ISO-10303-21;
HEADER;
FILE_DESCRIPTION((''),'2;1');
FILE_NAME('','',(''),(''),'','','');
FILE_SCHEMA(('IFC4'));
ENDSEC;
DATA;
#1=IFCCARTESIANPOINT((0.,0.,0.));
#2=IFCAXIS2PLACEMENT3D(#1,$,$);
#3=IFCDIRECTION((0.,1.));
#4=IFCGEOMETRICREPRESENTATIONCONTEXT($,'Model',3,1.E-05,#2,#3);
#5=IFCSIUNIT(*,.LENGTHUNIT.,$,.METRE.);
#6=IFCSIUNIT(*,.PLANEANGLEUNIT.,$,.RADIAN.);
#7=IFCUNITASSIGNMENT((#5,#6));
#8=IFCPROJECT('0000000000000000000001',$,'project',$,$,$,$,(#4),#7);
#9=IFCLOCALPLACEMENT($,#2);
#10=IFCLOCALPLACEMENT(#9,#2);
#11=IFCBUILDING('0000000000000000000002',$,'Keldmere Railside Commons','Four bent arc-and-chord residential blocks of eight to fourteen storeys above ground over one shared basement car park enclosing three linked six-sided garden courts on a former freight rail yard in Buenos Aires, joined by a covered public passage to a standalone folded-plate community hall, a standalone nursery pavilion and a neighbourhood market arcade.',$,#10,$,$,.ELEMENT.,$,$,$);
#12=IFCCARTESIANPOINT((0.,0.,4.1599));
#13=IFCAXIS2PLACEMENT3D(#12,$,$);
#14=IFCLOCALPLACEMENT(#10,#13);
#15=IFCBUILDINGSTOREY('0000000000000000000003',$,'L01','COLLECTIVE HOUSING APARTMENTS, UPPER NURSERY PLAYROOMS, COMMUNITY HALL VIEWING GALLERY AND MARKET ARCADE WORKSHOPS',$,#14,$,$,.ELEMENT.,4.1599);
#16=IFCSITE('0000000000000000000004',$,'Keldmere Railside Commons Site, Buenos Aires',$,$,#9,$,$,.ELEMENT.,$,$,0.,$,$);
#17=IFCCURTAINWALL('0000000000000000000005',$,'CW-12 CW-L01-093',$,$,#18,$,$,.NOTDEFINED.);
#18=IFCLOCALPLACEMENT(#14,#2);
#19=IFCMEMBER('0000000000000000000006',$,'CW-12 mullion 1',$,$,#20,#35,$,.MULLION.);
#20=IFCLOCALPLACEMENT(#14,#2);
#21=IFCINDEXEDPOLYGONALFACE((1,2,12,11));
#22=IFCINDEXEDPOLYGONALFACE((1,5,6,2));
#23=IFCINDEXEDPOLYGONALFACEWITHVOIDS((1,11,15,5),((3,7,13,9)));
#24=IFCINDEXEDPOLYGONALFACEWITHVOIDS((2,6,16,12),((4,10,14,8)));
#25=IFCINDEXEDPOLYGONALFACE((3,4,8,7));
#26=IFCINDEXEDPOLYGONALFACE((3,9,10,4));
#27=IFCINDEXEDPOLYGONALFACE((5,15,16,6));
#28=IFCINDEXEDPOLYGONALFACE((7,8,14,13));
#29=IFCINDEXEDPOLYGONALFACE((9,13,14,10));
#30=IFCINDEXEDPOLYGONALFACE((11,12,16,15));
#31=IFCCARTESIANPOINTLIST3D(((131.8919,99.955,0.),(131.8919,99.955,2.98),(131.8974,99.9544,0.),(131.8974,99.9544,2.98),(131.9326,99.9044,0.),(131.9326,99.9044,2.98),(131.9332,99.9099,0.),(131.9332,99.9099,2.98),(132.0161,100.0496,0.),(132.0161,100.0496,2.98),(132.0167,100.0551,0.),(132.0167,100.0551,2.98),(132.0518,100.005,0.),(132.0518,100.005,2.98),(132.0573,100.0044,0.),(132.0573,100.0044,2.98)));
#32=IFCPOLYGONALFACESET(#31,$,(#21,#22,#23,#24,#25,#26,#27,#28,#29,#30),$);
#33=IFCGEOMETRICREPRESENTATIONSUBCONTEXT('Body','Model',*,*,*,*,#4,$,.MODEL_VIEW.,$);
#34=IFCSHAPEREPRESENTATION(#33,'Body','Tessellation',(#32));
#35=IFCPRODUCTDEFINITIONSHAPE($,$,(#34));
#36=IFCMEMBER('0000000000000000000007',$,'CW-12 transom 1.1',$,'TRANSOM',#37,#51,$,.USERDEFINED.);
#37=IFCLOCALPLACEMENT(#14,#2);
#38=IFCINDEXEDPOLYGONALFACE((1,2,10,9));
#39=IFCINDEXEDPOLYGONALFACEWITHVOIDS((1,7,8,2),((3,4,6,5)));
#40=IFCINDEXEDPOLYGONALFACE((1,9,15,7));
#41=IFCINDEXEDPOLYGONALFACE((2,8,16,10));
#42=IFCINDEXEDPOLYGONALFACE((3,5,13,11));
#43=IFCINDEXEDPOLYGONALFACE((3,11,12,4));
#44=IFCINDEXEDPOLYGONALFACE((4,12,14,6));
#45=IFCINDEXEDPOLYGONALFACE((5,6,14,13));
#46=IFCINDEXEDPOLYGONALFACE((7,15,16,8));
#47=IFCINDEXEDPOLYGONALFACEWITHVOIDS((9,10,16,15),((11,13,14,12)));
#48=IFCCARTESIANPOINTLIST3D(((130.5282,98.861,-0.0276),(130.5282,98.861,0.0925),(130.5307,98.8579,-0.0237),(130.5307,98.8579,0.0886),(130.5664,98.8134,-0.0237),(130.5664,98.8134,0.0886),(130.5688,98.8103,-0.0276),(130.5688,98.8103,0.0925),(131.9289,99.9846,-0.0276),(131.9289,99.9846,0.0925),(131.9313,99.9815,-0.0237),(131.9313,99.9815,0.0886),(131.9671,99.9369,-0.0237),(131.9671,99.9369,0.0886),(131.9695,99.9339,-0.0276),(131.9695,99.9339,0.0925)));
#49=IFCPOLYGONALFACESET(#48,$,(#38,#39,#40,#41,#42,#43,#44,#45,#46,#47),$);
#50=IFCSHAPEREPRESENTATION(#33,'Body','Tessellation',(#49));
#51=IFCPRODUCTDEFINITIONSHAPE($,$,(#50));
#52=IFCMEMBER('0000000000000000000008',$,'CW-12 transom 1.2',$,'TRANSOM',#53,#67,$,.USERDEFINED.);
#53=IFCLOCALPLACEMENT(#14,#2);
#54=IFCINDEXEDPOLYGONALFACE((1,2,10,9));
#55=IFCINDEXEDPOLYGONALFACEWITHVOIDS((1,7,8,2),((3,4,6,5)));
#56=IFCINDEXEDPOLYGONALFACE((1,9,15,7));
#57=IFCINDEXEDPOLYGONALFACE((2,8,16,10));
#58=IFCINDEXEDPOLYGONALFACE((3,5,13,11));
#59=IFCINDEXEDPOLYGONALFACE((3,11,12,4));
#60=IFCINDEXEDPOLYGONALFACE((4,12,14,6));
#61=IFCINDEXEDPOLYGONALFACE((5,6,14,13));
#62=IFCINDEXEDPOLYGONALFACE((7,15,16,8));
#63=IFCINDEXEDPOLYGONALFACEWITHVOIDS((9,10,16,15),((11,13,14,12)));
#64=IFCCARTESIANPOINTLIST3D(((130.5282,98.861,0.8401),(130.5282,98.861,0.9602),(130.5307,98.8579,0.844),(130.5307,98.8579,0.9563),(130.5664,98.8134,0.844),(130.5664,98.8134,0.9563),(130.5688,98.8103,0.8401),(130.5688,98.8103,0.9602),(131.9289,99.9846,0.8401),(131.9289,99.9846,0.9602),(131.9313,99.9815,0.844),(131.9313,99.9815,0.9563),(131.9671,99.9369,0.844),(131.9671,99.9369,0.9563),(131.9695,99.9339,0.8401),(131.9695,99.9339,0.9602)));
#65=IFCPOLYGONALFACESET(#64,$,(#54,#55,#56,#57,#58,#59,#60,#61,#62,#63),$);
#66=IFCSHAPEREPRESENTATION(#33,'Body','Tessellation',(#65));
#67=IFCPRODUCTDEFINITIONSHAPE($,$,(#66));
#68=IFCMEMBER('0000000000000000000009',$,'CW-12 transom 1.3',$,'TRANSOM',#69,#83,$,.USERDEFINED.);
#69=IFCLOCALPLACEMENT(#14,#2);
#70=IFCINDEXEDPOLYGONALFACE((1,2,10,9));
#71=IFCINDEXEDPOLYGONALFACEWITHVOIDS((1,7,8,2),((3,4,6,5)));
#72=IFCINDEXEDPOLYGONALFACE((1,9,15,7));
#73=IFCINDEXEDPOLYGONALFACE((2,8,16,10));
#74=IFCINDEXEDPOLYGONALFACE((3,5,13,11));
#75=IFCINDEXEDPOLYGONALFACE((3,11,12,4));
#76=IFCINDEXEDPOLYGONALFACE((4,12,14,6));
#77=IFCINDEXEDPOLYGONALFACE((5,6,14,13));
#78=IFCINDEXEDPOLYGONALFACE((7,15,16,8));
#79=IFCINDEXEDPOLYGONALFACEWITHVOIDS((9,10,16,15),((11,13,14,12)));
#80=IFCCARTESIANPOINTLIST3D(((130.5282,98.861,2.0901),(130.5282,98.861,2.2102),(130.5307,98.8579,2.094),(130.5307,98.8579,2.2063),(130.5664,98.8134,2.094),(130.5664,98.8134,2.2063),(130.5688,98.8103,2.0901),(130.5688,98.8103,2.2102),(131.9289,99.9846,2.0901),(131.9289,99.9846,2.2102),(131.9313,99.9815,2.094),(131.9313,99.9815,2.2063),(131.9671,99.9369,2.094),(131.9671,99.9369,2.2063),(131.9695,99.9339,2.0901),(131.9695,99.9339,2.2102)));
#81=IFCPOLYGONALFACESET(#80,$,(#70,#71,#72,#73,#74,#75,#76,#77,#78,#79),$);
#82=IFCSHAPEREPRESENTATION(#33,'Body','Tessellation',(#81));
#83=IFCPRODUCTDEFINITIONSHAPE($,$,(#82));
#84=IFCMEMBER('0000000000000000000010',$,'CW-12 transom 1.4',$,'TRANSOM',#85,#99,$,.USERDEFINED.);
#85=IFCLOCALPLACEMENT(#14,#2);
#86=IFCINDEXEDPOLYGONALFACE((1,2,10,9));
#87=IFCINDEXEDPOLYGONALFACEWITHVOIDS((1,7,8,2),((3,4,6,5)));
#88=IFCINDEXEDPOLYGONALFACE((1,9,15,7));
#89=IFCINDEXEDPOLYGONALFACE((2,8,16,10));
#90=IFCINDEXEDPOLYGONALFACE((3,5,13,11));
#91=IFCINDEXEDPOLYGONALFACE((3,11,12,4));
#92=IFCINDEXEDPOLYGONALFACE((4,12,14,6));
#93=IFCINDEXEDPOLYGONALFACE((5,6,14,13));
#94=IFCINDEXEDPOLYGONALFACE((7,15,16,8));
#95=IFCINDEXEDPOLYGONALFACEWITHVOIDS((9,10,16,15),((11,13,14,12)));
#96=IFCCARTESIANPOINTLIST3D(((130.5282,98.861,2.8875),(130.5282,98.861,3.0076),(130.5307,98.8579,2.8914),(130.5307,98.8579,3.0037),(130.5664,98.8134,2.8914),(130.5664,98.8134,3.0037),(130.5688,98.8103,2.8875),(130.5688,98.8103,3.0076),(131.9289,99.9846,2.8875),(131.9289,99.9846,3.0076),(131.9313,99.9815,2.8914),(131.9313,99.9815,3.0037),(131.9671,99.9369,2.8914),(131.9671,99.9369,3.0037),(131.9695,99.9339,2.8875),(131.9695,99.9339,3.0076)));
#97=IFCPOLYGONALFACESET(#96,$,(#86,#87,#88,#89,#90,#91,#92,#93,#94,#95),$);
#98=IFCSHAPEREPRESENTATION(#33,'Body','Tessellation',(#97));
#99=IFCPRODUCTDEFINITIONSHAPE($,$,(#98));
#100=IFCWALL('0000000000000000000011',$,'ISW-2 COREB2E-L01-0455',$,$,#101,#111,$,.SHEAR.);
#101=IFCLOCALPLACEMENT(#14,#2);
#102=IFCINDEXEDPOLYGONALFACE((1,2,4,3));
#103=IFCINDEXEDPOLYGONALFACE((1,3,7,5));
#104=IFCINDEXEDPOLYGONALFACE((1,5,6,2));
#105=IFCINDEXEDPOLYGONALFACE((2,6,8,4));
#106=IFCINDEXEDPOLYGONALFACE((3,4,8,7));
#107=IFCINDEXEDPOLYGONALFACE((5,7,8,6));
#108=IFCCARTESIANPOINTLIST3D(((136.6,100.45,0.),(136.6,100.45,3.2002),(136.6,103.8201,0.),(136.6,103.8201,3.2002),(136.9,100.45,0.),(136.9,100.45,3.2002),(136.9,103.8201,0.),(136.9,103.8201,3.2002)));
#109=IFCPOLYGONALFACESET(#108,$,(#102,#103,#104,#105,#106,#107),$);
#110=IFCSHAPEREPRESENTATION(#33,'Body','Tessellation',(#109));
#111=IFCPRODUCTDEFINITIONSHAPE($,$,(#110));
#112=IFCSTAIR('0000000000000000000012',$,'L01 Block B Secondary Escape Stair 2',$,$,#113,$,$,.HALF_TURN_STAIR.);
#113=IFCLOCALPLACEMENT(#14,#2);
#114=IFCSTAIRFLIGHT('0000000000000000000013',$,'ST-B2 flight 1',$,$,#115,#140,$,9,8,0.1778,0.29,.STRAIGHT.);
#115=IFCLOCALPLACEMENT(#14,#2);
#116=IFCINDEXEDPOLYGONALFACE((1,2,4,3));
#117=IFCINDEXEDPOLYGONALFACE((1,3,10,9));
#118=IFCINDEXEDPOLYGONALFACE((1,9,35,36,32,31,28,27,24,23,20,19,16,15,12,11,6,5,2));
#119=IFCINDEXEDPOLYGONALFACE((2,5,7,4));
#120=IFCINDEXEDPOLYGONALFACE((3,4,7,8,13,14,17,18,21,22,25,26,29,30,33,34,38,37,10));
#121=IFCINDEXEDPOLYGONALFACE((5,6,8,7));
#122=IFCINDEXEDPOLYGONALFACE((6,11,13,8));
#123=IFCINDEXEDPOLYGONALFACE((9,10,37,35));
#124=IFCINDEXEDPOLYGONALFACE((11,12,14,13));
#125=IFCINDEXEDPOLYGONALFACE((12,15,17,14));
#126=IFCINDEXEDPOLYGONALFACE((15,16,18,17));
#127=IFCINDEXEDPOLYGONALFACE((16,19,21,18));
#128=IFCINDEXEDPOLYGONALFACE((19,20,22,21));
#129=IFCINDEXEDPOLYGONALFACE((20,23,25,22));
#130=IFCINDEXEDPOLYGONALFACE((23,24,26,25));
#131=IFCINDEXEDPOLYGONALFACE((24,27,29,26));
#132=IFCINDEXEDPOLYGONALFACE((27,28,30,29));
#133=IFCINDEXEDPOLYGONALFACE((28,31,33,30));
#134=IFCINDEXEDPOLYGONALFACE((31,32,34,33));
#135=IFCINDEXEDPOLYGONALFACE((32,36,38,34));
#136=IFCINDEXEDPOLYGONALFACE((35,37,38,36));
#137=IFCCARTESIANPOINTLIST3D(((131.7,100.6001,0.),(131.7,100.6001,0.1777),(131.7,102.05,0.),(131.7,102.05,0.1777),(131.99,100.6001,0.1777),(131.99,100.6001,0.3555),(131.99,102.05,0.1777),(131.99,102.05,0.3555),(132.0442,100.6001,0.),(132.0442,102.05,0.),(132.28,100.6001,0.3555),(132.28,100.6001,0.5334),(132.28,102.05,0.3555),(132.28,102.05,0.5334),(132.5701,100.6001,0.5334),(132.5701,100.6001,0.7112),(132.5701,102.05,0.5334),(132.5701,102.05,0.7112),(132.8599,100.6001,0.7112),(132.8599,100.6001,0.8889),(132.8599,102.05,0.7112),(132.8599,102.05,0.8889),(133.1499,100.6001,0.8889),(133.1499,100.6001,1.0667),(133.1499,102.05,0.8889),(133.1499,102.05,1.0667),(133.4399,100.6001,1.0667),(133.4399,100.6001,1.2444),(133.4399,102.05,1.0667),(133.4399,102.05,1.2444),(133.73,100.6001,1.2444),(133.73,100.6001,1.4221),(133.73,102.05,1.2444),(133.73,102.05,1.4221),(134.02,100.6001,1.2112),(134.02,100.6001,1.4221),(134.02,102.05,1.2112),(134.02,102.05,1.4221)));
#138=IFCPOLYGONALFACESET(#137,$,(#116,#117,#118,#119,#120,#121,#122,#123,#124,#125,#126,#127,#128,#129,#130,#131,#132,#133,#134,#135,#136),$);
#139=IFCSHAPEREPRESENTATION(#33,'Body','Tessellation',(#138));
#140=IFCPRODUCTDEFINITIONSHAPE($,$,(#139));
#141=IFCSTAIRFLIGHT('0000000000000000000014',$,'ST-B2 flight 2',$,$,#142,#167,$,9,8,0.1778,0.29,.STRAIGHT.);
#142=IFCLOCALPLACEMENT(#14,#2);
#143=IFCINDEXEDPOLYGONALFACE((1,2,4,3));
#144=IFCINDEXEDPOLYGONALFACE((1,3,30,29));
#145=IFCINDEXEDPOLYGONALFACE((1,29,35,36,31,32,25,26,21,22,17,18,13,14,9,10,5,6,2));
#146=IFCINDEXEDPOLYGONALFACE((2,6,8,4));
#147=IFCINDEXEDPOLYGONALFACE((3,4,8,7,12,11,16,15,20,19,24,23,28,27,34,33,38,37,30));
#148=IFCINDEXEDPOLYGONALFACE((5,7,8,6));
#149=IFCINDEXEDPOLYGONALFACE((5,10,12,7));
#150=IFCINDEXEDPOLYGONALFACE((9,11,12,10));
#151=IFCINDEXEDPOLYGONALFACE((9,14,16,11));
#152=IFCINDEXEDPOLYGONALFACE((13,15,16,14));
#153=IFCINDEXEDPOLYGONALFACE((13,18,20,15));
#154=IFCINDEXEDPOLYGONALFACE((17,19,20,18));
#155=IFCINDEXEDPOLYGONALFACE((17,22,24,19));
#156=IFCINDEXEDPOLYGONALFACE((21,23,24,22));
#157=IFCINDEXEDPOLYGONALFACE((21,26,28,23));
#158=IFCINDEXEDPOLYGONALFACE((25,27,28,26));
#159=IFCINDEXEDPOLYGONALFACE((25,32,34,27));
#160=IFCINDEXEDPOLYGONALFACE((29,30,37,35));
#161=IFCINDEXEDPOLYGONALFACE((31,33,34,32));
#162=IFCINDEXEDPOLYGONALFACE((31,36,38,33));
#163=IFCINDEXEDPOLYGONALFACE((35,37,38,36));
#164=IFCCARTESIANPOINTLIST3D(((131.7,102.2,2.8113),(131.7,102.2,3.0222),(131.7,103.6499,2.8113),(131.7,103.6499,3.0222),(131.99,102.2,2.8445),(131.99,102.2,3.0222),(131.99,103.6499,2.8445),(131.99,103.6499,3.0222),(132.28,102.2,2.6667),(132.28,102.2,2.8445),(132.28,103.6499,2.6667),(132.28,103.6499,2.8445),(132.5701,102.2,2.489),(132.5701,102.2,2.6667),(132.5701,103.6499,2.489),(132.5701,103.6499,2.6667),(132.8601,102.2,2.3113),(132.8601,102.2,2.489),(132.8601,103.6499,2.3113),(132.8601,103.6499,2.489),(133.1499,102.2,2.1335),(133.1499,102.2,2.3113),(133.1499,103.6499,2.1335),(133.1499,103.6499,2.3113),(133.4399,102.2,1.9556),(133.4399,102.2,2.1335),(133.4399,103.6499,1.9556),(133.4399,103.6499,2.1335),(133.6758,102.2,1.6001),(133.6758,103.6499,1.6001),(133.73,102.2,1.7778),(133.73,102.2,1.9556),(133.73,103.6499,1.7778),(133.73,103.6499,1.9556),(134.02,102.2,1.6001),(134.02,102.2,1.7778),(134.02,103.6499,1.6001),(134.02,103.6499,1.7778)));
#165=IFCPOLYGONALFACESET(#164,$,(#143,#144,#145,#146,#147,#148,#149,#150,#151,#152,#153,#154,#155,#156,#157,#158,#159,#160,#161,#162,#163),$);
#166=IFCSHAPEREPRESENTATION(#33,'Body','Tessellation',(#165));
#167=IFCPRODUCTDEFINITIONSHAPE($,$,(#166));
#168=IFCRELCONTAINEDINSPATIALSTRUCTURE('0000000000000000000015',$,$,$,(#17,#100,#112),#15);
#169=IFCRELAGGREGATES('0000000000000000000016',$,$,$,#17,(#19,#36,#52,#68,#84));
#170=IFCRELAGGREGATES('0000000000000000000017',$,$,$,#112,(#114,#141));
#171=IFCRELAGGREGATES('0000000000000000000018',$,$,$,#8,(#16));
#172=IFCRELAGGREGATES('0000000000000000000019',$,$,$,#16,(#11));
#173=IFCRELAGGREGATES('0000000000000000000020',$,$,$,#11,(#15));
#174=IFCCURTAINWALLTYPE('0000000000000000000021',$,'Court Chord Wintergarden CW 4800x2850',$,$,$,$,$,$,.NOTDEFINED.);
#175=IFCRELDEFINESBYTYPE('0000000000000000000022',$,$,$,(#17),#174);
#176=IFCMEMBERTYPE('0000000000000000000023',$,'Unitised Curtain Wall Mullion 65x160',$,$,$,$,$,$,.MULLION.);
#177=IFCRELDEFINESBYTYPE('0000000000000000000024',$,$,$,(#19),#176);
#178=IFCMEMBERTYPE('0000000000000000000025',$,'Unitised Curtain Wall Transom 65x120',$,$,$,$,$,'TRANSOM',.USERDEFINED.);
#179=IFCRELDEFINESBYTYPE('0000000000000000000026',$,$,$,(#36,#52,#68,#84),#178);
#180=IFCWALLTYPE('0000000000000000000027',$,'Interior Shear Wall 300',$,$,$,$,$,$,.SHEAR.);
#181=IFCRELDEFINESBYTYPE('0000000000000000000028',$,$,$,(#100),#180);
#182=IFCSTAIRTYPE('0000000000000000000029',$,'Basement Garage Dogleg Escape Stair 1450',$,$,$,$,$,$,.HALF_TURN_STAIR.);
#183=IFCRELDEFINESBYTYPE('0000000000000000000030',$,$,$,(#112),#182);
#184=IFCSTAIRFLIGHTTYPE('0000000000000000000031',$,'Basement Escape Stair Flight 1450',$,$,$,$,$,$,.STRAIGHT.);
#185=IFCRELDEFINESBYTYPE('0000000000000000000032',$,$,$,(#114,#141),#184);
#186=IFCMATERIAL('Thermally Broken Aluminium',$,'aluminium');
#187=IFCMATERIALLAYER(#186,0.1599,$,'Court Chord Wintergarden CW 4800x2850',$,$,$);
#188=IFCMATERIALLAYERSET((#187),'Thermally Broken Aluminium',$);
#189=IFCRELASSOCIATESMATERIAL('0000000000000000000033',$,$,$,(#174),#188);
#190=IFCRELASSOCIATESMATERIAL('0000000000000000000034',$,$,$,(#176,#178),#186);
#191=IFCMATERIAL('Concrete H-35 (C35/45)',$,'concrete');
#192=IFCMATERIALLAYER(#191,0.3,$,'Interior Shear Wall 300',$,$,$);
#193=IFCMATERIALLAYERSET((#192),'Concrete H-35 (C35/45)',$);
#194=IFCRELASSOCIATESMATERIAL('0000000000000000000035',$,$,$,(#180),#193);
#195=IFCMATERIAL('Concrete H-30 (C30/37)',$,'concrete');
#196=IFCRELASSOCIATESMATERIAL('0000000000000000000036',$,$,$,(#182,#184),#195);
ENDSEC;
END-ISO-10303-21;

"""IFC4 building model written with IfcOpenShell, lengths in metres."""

from ifc_helpers import new_model, si_unit, direction, frame, frame_2d, origin, origin_2d, place, context, subcontext, project, spatial, polyline, rectangle, hollow_rectangle, outline, extrude, material, layer, layer_set, material_profile, profile_set, type_object, element, aggregate, save


model = new_model("IFC4")

# Units and contexts
model_context = context("Model", 3, precision=1e-05, world=origin(), true_north=direction((0.0, 1.0)))
body_context = subcontext(model_context, "Body", "Model", "MODEL_VIEW")
ifc_project = project(units=[si_unit("LENGTHUNIT", "METRE"), si_unit("PLANEANGLEUNIT", "RADIAN")], contexts=[model_context])

# Site, building, storey
site_placement = place(None, origin())
site = spatial("IfcSite", under=ifc_project, at=site_placement, Name="Keldmere Railside Commons Site, Buenos Aires", CompositionType="ELEMENT", RefElevation=0.0)
building_placement = place(site_placement, origin())
building = spatial("IfcBuilding", under=site, at=building_placement, Name="Keldmere Railside Commons", Description="Four bent arc-and-chord residential blocks of eight to fourteen storeys above ground over one shared basement car park enclosing three linked six-sided garden courts on a former freight rail yard in Buenos Aires, joined by a covered public passage to a standalone folded-plate community hall, a standalone nursery pavilion and a neighbourhood market arcade.", CompositionType="ELEMENT")
storey_placement = place(building_placement, frame((0.0, 0.0, 4.1599)))
storey = spatial("IfcBuildingStorey", under=building, at=storey_placement, Name="L01", Description="COLLECTIVE HOUSING APARTMENTS, UPPER NURSERY PLAYROOMS, COMMUNITY HALL VIEWING GALLERY AND MARKET ARCADE WORKSHOPS", CompositionType="ELEMENT", Elevation=4.1599)

# Curtain wall, members
ifc_material_1 = material(Name="Thermally Broken Aluminium", Category="aluminium")
ifc_layer_1 = layer(ifc_material_1, 0.1599, Name="Court Chord Wintergarden CW 4800x2850")
ifc_layer_set_1 = layer_set([ifc_layer_1], Name="Thermally Broken Aluminium")
curtain_wall_type = type_object("IfcCurtainWallType", Name="Court Chord Wintergarden CW 4800x2850", PredefinedType="NOTDEFINED", material=ifc_layer_set_1)
curtain_wall_placement = place(storey_placement, origin())
curtain_wall = element("IfcCurtainWall", 1, at=curtain_wall_placement, inside=storey, type_object=curtain_wall_type, Name="CW-12 CW-L01-093", PredefinedType="NOTDEFINED")
ifc_material_profile_1 = material_profile(ifc_material_1, hollow_rectangle(XDim=0.0649, YDim=0.1599, WallThickness=0.0039, at=origin_2d()), Name="ALU-MULL-65x160")
ifc_profile_set_1 = profile_set([ifc_material_profile_1], Name="Thermally Broken Aluminium")
member_type_1 = type_object("IfcMemberType", Name="Unitised Curtain Wall Mullion 65x160", PredefinedType="MULLION", material=ifc_profile_set_1)
member_1_placement = place(storey_placement, frame((131.9746, 99.9797, 0.0), z_axis=(0.0, 0.0, 1.0), x_axis=(0.625768, -0.780009, 0.0)))
member_1 = element("IfcMember", 2, at=member_1_placement, type_object=member_type_1, Name="CW-12 mullion 1", PredefinedType="MULLION", context=body_context, shape_type="SweptSolid", body=[
    extrude(hollow_rectangle(XDim=0.0649, YDim=0.1599, WallThickness=0.0039, at=origin_2d()), origin(), (0.0, 0.0, 1.0), 2.98),
])
ifc_material_profile_2 = material_profile(ifc_material_1, hollow_rectangle(XDim=0.0649, YDim=0.1201, WallThickness=0.0039, at=origin_2d()), Name="ALU-TRAN-65x120")
ifc_profile_set_2 = profile_set([ifc_material_profile_2], Name="Thermally Broken Aluminium")
member_type_2 = type_object("IfcMemberType", Name="Unitised Curtain Wall Transom 65x120", ElementType="TRANSOM", PredefinedType="USERDEFINED", material=ifc_profile_set_2)
member_2_placement = place(storey_placement, frame((131.9492, 99.9592, 0.0325), z_axis=(-0.780046, -0.625723, 0.0), x_axis=(0.625723, -0.780046, 0.0)))
member_2 = element("IfcMember", 3, at=member_2_placement, type_object=member_type_2, Name="CW-12 transom 1.1", ObjectType="TRANSOM", PredefinedType="USERDEFINED", context=body_context, shape_type="SweptSolid", body=[
    extrude(hollow_rectangle(XDim=0.0649, YDim=0.1201, WallThickness=0.0039, at=origin_2d()), origin(), (0.0, 0.0, 1.0), 1.7957),
])
member_3_placement = place(storey_placement, frame((131.9492, 99.9592, 0.9001), z_axis=(-0.780046, -0.625723, 0.0), x_axis=(0.625723, -0.780046, 0.0)))
member_3 = element("IfcMember", 4, at=member_3_placement, type_object=member_type_2, Name="CW-12 transom 1.2", ObjectType="TRANSOM", PredefinedType="USERDEFINED", context=body_context, shape_type="SweptSolid", body=[
    extrude(hollow_rectangle(XDim=0.0649, YDim=0.1201, WallThickness=0.0039, at=origin_2d()), origin(), (0.0, 0.0, 1.0), 1.7957),
])
member_4_placement = place(storey_placement, frame((131.9492, 99.9592, 2.1501), z_axis=(-0.780046, -0.625723, 0.0), x_axis=(0.625723, -0.780046, 0.0)))
member_4 = element("IfcMember", 5, at=member_4_placement, type_object=member_type_2, Name="CW-12 transom 1.3", ObjectType="TRANSOM", PredefinedType="USERDEFINED", context=body_context, shape_type="SweptSolid", body=[
    extrude(hollow_rectangle(XDim=0.0649, YDim=0.1201, WallThickness=0.0039, at=origin_2d()), origin(), (0.0, 0.0, 1.0), 1.7957),
])
member_5_placement = place(storey_placement, frame((131.9492, 99.9592, 2.9475), z_axis=(-0.780046, -0.625723, 0.0), x_axis=(0.625723, -0.780046, 0.0)))
member_5 = element("IfcMember", 6, at=member_5_placement, type_object=member_type_2, Name="CW-12 transom 1.4", ObjectType="TRANSOM", PredefinedType="USERDEFINED", context=body_context, shape_type="SweptSolid", body=[
    extrude(hollow_rectangle(XDim=0.0649, YDim=0.1201, WallThickness=0.0039, at=origin_2d()), origin(), (0.0, 0.0, 1.0), 1.7957),
])
aggregate(curtain_wall, [member_1, member_2, member_3, member_4, member_5])

# Wall
ifc_material_2 = material(Name="Concrete H-35 (C35/45)", Category="concrete")
ifc_layer_2 = layer(ifc_material_2, 0.3, Name="Interior Shear Wall 300")
ifc_layer_set_2 = layer_set([ifc_layer_2], Name="Concrete H-35 (C35/45)")
wall_type_1 = type_object("IfcWallType", Name="Interior Shear Wall 300", PredefinedType="SHEAR", material=ifc_layer_set_2)
wall_1_placement = place(storey_placement, frame((136.75, 100.45, 0.0), z_axis=(0.0, 0.0, 1.0), x_axis=(0.0, 1.0, 0.0)))
element("IfcWall", 7, at=wall_1_placement, inside=storey, type_object=wall_type_1, Name="ISW-2 COREB2E-L01-0455", PredefinedType="SHEAR", context=body_context, shape_type="SweptSolid", body=[
    extrude(rectangle(XDim=3.3701, YDim=0.3, at=frame_2d((1.6851, 0.0))), origin(), (0.0, 0.0, 1.0), 3.2002),
])

# Stair, stair flights
ifc_material_3 = material(Name="Concrete H-30 (C30/37)", Category="concrete")
stair_type = type_object("IfcStairType", Name="Basement Garage Dogleg Escape Stair 1450", PredefinedType="HALF_TURN_STAIR", material=ifc_material_3)
stair_placement = place(storey_placement, origin())
stair = element("IfcStair", 8, at=stair_placement, inside=storey, type_object=stair_type, Name="L01 Block B Secondary Escape Stair 2", PredefinedType="HALF_TURN_STAIR")
stair_flight_type = type_object("IfcStairFlightType", Name="Basement Escape Stair Flight 1450", PredefinedType="STRAIGHT", material=ifc_material_3)
stair_flight_1_placement = place(storey_placement, frame((131.7, 101.325, 0.0), z_axis=(0.0, 0.0, 1.0), x_axis=(1.0, 0.0, 0.0)))
stair_flight_1 = element("IfcStairFlight", 9, at=stair_flight_1_placement, type_object=stair_flight_type, Name="ST-B2 flight 1", NumberOfRisers=9, NumberOfTreads=8, PredefinedType="STRAIGHT", RiserHeight=0.1778, TreadLength=0.29, context=body_context, shape_type="SweptSolid", body=[
    extrude(outline(polyline([(0.0, 0.0), (0.0, 0.1777), (0.29, 0.1777), (0.29, 0.3555), (0.5801, 0.3555), (0.5801, 0.5334), (0.8701, 0.5334), (0.8701, 0.7112), (1.1599, 0.7112), (1.1599, 0.8889), (1.45, 0.8889), (1.45, 1.0667), (1.74, 1.0667), (1.74, 1.2444), (2.03, 1.2444), (2.03, 1.4221), (2.3201, 1.4221), (2.3201, 1.6001), (2.3201, 1.2112), (0.3442, 0.0), (0.0, 0.0)])), frame((0.0, 0.7251, 0.0), z_axis=(0.0, -1.0, 0.0), x_axis=(1.0, 0.0, 0.0)), (0.0, 0.0, 1.0), 1.45),
])
stair_flight_2_placement = place(storey_placement, frame((134.02, 102.925, 1.6001), z_axis=(0.0, 0.0, 1.0), x_axis=(-1.0, 0.0, 0.0)))
stair_flight_2 = element("IfcStairFlight", 10, at=stair_flight_2_placement, type_object=stair_flight_type, Name="ST-B2 flight 2", NumberOfRisers=9, NumberOfTreads=8, PredefinedType="STRAIGHT", RiserHeight=0.1778, TreadLength=0.29, context=body_context, shape_type="SweptSolid", body=[
    extrude(outline(polyline([(0.0, 0.0), (0.0, 0.1777), (0.29, 0.1777), (0.29, 0.3555), (0.5801, 0.3555), (0.5801, 0.5334), (0.8701, 0.5334), (0.8701, 0.7112), (1.1599, 0.7112), (1.1599, 0.8889), (1.45, 0.8889), (1.45, 1.0667), (1.74, 1.0667), (1.74, 1.2444), (2.03, 1.2444), (2.03, 1.4221), (2.3201, 1.4221), (2.3201, 1.6001), (2.3201, 1.2112), (0.3442, 0.0), (0.0, 0.0)])), frame((0.0, 0.7251, 0.0), z_axis=(0.0, -1.0, 0.0), x_axis=(1.0, 0.0, 0.0)), (0.0, 0.0, 1.0), 1.45),
])
aggregate(stair, [stair_flight_1, stair_flight_2])

save(model, "model.ifc")
